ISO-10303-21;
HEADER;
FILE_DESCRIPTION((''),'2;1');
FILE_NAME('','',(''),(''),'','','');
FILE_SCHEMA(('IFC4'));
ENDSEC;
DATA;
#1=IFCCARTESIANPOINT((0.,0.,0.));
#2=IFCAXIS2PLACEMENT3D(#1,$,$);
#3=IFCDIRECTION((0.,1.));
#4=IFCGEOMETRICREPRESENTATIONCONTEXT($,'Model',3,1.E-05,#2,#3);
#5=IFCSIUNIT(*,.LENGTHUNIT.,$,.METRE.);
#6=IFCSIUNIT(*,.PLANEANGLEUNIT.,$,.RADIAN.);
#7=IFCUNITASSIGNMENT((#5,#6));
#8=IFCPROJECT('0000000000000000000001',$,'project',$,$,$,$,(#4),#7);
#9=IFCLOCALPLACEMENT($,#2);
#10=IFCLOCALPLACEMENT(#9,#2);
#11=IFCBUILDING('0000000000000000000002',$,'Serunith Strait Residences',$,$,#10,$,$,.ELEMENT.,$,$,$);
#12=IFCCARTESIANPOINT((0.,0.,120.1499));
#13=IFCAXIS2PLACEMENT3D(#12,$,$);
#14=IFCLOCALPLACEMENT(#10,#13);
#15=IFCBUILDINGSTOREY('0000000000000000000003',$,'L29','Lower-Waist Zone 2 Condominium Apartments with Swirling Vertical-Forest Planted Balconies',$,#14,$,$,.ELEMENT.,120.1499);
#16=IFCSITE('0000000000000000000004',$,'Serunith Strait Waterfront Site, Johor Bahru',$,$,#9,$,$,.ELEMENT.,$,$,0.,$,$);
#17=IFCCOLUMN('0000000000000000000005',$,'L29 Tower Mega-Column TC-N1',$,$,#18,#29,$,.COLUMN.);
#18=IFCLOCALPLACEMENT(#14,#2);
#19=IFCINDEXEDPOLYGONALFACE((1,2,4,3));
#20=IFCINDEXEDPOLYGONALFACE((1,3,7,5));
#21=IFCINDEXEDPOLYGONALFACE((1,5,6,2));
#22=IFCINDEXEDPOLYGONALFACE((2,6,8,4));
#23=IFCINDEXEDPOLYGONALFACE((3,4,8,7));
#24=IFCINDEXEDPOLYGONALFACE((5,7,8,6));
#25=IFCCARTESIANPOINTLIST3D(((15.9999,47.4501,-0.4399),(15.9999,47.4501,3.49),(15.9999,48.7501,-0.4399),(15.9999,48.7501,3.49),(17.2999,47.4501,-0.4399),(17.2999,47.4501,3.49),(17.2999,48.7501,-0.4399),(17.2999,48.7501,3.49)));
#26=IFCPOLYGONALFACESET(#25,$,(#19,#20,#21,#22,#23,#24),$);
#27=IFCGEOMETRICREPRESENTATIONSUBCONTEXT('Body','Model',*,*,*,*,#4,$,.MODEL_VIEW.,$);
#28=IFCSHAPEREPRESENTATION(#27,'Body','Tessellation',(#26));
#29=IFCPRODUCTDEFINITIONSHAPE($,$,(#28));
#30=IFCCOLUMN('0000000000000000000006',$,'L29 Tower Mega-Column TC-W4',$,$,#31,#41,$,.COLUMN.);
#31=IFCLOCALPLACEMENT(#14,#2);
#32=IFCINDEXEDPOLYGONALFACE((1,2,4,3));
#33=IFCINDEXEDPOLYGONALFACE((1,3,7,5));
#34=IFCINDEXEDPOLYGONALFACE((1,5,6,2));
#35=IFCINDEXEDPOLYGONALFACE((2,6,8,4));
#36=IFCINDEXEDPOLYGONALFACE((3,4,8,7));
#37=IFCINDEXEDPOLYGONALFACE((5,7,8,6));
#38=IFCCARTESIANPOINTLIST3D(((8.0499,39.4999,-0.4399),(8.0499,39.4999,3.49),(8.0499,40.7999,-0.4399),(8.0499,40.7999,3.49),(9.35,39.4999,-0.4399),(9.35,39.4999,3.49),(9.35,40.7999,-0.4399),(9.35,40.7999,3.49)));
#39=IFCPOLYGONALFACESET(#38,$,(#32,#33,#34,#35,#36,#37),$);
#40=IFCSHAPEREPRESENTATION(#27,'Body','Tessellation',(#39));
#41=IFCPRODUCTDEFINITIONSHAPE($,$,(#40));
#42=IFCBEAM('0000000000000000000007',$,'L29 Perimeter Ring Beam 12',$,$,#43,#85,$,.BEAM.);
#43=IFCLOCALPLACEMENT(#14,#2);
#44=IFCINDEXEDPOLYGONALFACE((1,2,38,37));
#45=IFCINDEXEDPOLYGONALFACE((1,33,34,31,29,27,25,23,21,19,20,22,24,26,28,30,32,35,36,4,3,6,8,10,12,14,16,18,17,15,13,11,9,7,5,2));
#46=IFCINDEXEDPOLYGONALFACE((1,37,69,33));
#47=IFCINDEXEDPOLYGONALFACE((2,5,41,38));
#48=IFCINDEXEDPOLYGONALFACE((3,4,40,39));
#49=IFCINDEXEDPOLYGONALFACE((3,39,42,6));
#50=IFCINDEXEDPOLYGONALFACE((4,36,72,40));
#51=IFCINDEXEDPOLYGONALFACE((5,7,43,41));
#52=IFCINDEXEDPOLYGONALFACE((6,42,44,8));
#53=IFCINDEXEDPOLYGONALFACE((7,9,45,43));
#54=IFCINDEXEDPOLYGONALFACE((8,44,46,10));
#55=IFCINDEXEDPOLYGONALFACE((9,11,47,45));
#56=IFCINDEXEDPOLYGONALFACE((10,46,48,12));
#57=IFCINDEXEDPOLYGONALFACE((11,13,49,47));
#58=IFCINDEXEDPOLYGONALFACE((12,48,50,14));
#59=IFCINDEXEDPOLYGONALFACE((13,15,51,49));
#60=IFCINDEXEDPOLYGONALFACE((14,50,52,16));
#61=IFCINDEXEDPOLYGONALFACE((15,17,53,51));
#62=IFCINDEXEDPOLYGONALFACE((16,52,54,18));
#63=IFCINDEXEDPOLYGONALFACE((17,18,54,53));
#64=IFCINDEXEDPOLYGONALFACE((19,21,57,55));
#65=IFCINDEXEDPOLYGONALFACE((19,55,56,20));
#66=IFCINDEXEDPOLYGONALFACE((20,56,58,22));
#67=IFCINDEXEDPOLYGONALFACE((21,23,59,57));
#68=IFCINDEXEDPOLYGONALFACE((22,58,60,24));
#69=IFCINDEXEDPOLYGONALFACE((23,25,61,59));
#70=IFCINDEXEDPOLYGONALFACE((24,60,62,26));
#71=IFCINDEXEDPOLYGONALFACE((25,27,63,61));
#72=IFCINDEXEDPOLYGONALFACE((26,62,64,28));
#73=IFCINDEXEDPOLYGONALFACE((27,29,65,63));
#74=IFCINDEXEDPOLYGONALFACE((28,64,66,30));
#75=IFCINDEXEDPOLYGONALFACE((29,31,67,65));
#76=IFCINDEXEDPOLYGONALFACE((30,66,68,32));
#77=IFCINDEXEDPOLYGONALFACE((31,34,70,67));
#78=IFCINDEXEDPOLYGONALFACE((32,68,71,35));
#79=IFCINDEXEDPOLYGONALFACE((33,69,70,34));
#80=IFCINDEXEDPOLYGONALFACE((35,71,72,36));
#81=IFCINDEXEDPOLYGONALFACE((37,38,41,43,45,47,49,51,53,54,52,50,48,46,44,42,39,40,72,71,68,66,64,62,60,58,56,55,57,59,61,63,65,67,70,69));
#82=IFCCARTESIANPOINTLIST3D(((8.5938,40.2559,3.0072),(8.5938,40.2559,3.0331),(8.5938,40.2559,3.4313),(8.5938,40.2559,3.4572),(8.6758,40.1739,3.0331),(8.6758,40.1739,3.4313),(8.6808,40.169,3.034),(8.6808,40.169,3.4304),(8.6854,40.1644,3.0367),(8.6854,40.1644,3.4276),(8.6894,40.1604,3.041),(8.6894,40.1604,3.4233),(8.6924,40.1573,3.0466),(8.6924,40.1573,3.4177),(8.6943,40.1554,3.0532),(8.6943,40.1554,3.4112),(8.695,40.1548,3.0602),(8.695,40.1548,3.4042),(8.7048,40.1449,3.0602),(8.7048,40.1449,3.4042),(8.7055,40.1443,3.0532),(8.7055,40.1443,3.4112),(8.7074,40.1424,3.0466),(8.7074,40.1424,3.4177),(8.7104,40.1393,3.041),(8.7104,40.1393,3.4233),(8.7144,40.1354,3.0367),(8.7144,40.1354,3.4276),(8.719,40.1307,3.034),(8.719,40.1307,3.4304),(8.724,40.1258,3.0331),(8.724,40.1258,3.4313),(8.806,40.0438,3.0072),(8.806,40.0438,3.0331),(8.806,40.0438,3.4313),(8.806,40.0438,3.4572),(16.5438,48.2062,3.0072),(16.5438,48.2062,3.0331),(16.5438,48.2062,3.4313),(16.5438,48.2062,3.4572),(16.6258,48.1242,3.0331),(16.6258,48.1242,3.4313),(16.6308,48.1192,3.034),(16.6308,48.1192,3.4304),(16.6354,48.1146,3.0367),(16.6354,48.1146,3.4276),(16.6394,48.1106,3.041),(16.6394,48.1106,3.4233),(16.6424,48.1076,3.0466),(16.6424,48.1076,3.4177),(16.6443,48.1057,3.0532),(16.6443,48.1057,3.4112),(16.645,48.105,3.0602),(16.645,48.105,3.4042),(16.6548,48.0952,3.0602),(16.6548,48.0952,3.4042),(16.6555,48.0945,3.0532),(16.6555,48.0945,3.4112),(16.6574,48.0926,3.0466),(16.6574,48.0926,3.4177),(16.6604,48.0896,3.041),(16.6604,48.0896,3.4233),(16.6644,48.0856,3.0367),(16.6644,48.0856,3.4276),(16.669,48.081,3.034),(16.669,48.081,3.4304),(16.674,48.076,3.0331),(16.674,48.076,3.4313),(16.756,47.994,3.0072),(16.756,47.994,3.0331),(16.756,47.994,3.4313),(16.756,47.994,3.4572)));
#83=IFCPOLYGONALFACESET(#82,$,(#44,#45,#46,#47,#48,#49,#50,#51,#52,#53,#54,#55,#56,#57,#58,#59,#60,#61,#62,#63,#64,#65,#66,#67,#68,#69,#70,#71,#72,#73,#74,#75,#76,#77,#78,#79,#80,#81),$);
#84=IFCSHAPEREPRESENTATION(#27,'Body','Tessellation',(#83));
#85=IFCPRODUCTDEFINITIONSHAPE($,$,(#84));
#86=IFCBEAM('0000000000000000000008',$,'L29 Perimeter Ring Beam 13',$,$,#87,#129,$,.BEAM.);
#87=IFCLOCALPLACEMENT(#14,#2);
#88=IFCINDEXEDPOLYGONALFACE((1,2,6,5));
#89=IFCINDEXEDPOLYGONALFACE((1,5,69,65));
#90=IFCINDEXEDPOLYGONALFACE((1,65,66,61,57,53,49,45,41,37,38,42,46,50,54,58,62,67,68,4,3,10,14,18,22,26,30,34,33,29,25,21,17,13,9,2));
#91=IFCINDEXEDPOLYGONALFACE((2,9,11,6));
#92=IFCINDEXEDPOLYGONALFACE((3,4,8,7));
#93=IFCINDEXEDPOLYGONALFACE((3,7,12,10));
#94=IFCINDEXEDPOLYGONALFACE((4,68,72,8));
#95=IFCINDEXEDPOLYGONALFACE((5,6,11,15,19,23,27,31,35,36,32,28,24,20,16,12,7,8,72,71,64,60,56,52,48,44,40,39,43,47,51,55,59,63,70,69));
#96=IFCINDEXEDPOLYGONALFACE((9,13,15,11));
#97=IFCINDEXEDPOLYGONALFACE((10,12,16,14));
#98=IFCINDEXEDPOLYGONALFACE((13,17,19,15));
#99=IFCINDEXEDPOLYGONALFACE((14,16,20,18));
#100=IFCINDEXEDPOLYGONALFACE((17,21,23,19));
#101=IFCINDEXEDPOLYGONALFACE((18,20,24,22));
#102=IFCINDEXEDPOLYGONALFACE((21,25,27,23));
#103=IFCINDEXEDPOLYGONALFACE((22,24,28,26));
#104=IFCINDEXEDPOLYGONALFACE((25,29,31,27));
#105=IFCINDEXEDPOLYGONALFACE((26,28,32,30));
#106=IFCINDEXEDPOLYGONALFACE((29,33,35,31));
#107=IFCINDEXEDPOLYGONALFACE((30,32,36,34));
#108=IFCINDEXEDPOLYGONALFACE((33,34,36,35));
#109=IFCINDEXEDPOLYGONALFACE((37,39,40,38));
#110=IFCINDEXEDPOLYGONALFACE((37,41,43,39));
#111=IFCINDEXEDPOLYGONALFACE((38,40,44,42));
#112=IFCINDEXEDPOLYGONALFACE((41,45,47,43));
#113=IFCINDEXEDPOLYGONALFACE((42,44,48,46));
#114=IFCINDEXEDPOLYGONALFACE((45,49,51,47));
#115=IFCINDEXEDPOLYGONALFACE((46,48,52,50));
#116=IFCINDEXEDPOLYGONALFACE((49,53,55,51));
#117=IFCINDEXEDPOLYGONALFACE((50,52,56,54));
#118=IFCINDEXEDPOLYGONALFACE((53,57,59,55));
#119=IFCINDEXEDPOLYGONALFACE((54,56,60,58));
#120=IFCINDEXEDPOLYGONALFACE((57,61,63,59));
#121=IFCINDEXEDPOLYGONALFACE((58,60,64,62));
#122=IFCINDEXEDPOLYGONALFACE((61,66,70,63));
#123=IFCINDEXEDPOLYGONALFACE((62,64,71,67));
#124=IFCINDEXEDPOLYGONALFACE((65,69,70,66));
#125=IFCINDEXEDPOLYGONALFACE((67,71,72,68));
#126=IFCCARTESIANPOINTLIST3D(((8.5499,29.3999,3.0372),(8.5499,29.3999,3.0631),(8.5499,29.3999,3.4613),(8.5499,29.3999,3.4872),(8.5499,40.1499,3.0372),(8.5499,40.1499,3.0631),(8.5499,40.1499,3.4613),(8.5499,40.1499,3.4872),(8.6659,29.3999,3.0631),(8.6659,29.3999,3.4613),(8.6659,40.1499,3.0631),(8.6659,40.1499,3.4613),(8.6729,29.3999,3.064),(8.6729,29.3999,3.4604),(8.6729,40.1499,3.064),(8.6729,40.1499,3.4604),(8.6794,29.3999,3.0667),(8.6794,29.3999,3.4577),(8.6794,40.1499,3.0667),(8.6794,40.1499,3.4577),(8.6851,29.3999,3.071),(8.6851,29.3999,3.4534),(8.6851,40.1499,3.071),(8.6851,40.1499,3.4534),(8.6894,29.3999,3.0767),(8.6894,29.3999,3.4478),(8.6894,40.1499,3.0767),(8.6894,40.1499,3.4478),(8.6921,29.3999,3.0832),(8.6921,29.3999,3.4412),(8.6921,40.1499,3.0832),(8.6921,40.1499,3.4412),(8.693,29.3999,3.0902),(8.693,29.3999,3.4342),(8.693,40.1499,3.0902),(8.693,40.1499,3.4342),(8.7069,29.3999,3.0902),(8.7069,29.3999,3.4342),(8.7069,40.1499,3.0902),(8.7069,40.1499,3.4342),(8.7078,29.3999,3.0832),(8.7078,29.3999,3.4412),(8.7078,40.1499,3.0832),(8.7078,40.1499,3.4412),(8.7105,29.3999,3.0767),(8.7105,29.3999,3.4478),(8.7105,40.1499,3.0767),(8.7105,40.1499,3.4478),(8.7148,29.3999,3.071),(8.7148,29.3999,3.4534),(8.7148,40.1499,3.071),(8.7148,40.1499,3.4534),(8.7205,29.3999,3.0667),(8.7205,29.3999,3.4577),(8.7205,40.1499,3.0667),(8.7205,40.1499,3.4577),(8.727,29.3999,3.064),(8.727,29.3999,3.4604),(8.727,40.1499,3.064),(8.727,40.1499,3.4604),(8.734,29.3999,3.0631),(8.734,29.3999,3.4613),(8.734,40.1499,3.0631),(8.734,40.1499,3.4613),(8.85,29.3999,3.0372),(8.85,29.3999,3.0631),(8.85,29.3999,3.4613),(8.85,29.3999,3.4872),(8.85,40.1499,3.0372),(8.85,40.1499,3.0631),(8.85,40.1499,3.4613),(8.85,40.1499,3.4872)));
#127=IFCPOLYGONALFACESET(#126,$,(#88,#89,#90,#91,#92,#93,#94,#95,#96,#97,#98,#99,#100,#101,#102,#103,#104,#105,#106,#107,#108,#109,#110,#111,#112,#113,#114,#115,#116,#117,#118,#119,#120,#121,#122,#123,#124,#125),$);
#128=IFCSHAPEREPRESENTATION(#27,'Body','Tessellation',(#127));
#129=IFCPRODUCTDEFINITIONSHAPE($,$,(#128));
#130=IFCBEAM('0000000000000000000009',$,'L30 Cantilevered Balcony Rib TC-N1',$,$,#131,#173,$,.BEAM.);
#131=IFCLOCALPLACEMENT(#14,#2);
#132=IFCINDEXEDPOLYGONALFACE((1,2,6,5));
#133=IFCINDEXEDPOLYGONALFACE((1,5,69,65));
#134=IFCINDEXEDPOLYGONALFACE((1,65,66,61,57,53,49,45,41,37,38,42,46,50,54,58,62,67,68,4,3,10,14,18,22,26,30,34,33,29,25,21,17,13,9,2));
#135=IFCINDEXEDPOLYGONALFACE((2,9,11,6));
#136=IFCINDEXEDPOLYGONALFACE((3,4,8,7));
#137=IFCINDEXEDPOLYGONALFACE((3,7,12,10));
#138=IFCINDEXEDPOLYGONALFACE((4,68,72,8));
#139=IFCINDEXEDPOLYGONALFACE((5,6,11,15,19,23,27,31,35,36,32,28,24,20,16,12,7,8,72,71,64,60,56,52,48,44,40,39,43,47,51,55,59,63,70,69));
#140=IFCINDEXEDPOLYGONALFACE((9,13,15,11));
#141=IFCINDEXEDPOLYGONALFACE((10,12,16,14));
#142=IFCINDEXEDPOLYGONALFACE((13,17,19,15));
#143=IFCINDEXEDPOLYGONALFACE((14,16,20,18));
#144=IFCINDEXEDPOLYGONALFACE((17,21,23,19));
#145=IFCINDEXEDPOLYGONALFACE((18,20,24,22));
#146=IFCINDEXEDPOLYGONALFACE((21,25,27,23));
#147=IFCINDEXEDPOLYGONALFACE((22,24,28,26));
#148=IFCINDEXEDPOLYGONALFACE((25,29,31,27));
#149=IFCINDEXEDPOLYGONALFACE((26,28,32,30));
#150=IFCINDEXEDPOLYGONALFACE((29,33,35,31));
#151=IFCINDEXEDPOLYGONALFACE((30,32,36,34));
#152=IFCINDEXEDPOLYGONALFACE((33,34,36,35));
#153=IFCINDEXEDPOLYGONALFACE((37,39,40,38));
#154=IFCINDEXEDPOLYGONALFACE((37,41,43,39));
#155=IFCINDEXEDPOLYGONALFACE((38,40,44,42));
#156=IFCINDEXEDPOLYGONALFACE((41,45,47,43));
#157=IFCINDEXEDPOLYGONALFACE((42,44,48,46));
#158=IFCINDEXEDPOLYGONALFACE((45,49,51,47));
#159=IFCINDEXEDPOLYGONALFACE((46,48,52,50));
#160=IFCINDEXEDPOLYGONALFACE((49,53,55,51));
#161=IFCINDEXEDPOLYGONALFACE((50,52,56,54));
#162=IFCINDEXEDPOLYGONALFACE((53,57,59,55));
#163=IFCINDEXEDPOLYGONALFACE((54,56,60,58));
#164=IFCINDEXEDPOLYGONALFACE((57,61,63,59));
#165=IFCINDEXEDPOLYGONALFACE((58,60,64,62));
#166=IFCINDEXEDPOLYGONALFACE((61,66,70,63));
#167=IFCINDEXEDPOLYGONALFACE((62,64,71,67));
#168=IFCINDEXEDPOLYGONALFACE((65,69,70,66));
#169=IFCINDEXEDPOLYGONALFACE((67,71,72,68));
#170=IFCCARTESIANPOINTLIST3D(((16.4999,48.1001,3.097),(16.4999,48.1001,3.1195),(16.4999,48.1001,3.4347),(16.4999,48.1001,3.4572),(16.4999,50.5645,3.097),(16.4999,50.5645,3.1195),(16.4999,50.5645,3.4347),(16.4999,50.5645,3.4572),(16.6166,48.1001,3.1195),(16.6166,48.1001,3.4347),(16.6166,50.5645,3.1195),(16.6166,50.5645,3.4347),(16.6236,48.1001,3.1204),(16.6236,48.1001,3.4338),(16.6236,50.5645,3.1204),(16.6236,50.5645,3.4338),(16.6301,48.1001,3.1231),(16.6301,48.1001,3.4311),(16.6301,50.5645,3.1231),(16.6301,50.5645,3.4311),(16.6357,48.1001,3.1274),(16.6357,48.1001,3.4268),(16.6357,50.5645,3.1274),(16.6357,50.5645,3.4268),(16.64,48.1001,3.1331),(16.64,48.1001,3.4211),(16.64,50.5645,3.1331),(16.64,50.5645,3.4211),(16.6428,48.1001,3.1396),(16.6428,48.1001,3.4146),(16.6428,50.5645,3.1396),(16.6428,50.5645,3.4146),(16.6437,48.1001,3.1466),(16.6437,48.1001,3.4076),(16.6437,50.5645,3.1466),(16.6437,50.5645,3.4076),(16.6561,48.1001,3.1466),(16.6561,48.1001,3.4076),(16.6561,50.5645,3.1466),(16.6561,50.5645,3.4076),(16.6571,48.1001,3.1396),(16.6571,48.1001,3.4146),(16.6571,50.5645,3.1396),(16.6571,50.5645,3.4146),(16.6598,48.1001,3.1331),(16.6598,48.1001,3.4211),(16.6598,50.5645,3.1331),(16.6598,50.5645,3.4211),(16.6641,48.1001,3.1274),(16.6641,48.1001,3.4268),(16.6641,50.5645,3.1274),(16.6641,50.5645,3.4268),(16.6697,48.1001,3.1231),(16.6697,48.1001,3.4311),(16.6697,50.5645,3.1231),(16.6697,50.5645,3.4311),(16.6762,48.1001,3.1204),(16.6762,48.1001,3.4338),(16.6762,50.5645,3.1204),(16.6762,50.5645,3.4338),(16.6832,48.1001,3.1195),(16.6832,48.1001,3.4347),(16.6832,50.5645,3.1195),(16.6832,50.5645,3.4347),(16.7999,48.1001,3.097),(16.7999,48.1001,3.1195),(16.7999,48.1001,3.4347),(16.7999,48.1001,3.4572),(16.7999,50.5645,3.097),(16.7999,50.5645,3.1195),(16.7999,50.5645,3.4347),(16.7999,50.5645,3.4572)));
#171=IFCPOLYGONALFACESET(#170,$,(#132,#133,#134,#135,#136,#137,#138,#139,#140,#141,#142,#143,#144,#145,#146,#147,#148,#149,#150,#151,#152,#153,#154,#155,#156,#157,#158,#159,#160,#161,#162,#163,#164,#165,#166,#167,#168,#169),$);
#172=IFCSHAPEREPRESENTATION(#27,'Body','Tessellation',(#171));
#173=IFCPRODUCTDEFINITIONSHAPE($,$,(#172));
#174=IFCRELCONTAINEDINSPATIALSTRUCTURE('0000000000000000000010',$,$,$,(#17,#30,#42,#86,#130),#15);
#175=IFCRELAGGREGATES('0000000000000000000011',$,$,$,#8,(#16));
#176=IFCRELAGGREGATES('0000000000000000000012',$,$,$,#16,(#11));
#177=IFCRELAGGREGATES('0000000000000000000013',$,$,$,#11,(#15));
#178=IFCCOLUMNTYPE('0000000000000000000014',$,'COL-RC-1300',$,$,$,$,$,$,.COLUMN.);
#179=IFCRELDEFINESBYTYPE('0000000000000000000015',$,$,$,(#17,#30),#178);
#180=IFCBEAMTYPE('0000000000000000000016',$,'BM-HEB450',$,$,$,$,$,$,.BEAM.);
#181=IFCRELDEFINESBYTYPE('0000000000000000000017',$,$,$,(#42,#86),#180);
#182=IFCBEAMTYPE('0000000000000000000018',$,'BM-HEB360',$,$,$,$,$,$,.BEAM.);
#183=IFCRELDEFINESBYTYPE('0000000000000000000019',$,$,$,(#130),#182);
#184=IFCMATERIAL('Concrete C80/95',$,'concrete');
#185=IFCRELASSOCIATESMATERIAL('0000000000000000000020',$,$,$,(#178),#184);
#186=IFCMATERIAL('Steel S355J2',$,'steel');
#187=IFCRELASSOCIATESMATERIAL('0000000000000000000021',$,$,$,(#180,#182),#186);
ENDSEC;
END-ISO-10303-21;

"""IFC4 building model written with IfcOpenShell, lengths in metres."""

from ifc_helpers import new_model, si_unit, direction, frame, origin, origin_2d, place, context, subcontext, project, spatial, rectangle, i_section, extrude, source, transform, mapped, material, material_profile, profile_set, type_object, element, save


model = new_model("IFC4")

# Units and contexts
model_context = context("Model", 3, precision=1e-05, world=origin(), true_north=direction((0.0, 1.0)))
body_context = subcontext(model_context, "Body", "Model", "MODEL_VIEW")
ifc_project = project(units=[si_unit("LENGTHUNIT", "METRE"), si_unit("PLANEANGLEUNIT", "RADIAN")], contexts=[model_context])

# Site, building, storey
site_placement = place(None, origin())
site = spatial("IfcSite", under=ifc_project, at=site_placement, Name="Serunith Strait Waterfront Site, Johor Bahru", CompositionType="ELEMENT", RefElevation=0.0)
building_placement = place(site_placement, origin())
building = spatial("IfcBuilding", under=site, at=building_placement, Name="Serunith Strait Residences", CompositionType="ELEMENT")
storey_placement = place(building_placement, frame((0.0, 0.0, 120.1499)))
storey = spatial("IfcBuildingStorey", under=building, at=storey_placement, Name="L29", Description="Lower-Waist Zone 2 Condominium Apartments with Swirling Vertical-Forest Planted Balconies", CompositionType="ELEMENT", Elevation=120.1499)

# Columns
ifc_material_1 = material(Name="Concrete C80/95", Category="concrete")
ifc_material_profile_1 = material_profile(ifc_material_1, rectangle(XDim=1.3, YDim=1.3, at=origin_2d()), Name="RC 1300x1300")
ifc_profile_set_1 = profile_set([ifc_material_profile_1], Name="Concrete C80/95")
column_type = type_object("IfcColumnType", Name="COL-RC-1300", PredefinedType="COLUMN", material=ifc_profile_set_1)
shared_shape_1 = source(origin(), body_context, "Body", "SweptSolid", [
    extrude(rectangle(XDim=1.3, YDim=1.3, at=origin_2d()), origin(), (0.0, 0.0, 1.0), 3.9299),
])
for number, where, z_axis, x_axis, name in (
    (1, (16.6499, 48.1001, -0.4399), (0.0, 0.0, 1.0), (1.0, 0.0, 0.0), "L29 Tower Mega-Column TC-N1"),
    (2, (8.7, 40.1499, -0.4399), (0.0, 0.0, 1.0), (1.0, 0.0, 0.0), "L29 Tower Mega-Column TC-W4"),
):
    element("IfcColumn", number, at=place(storey_placement, frame(where, z_axis=z_axis, x_axis=x_axis)), inside=storey, type_object=column_type, Name=name, PredefinedType="COLUMN", context=body_context, shape_type="MappedRepresentation", body=[
        mapped(shared_shape_1, transform((0.0, 0.0, 0.0), scale=1.0)),
    ])

# Beams
ifc_material_2 = material(Name="Steel S355J2", Category="steel")
ifc_material_profile_2 = material_profile(ifc_material_2, i_section(OverallWidth=0.3, OverallDepth=0.45, WebThickness=0.0139, FlangeThickness=0.0259, FilletRadius=0.0271, at=origin_2d()), Name="HEB 450")
ifc_profile_set_2 = profile_set([ifc_material_profile_2], Name="Steel S355J2")
beam_type_1 = type_object("IfcBeamType", Name="BM-HEB450", PredefinedType="BEAM", material=ifc_profile_set_2)
shared_shape_2 = source(origin(), body_context, "Body", "SweptSolid", [
    extrude(i_section(OverallWidth=0.3, OverallDepth=0.45, WebThickness=0.0139, FlangeThickness=0.0259, FilletRadius=0.0271, at=origin_2d()), origin(), (0.0, 0.0, 1.0), 11.2432),
])
beam_1_placement = place(storey_placement, frame((16.6499, 48.1001, 3.2322), z_axis=(-0.707096, -0.707118, 0.0), x_axis=(0.707118, -0.707096, 0.0)))
element("IfcBeam", 3, at=beam_1_placement, inside=storey, type_object=beam_type_1, Name="L29 Perimeter Ring Beam 12", PredefinedType="BEAM", context=body_context, shape_type="MappedRepresentation", body=[
    mapped(shared_shape_2, transform((0.0, 0.0, 0.0), scale=1.0)),
])
shared_shape_3 = source(origin(), body_context, "Body", "SweptSolid", [
    extrude(i_section(OverallWidth=0.3, OverallDepth=0.45, WebThickness=0.0139, FlangeThickness=0.0259, FilletRadius=0.0271, at=origin_2d()), origin(), (0.0, 0.0, 1.0), 10.75),
])
beam_2_placement = place(storey_placement, frame((8.7, 40.1499, 3.2622), z_axis=(0.0, -1.0, 0.0), x_axis=(1.0, 0.0, 0.0)))
element("IfcBeam", 4, at=beam_2_placement, inside=storey, type_object=beam_type_1, Name="L29 Perimeter Ring Beam 13", PredefinedType="BEAM", context=body_context, shape_type="MappedRepresentation", body=[
    mapped(shared_shape_3, transform((0.0, 0.0, 0.0), scale=1.0)),
])
ifc_material_profile_3 = material_profile(ifc_material_2, i_section(OverallWidth=0.3, OverallDepth=0.3601, WebThickness=0.0125, FlangeThickness=0.0225, FilletRadius=0.0271, at=origin_2d()), Name="HEB 360")
ifc_profile_set_3 = profile_set([ifc_material_profile_3], Name="Steel S355J2")
beam_type_2 = type_object("IfcBeamType", Name="BM-HEB360", PredefinedType="BEAM", material=ifc_profile_set_3)
shared_shape_4 = source(origin(), body_context, "Body", "SweptSolid", [
    extrude(i_section(OverallWidth=0.3, OverallDepth=0.3601, WebThickness=0.0125, FlangeThickness=0.0225, FilletRadius=0.0271, at=origin_2d()), origin(), (0.0, 0.0, 1.0), 2.4644),
])
beam_3_placement = place(storey_placement, frame((16.6499, 48.1001, 3.2771), z_axis=(0.0, 1.0, 0.0), x_axis=(-1.0, 0.0, 0.0)))
element("IfcBeam", 5, at=beam_3_placement, inside=storey, type_object=beam_type_2, Name="L30 Cantilevered Balcony Rib TC-N1", PredefinedType="BEAM", context=body_context, shape_type="MappedRepresentation", body=[
    mapped(shared_shape_4, transform((0.0, 0.0, 0.0), scale=1.0)),
])

save(model, "model.ifc")
